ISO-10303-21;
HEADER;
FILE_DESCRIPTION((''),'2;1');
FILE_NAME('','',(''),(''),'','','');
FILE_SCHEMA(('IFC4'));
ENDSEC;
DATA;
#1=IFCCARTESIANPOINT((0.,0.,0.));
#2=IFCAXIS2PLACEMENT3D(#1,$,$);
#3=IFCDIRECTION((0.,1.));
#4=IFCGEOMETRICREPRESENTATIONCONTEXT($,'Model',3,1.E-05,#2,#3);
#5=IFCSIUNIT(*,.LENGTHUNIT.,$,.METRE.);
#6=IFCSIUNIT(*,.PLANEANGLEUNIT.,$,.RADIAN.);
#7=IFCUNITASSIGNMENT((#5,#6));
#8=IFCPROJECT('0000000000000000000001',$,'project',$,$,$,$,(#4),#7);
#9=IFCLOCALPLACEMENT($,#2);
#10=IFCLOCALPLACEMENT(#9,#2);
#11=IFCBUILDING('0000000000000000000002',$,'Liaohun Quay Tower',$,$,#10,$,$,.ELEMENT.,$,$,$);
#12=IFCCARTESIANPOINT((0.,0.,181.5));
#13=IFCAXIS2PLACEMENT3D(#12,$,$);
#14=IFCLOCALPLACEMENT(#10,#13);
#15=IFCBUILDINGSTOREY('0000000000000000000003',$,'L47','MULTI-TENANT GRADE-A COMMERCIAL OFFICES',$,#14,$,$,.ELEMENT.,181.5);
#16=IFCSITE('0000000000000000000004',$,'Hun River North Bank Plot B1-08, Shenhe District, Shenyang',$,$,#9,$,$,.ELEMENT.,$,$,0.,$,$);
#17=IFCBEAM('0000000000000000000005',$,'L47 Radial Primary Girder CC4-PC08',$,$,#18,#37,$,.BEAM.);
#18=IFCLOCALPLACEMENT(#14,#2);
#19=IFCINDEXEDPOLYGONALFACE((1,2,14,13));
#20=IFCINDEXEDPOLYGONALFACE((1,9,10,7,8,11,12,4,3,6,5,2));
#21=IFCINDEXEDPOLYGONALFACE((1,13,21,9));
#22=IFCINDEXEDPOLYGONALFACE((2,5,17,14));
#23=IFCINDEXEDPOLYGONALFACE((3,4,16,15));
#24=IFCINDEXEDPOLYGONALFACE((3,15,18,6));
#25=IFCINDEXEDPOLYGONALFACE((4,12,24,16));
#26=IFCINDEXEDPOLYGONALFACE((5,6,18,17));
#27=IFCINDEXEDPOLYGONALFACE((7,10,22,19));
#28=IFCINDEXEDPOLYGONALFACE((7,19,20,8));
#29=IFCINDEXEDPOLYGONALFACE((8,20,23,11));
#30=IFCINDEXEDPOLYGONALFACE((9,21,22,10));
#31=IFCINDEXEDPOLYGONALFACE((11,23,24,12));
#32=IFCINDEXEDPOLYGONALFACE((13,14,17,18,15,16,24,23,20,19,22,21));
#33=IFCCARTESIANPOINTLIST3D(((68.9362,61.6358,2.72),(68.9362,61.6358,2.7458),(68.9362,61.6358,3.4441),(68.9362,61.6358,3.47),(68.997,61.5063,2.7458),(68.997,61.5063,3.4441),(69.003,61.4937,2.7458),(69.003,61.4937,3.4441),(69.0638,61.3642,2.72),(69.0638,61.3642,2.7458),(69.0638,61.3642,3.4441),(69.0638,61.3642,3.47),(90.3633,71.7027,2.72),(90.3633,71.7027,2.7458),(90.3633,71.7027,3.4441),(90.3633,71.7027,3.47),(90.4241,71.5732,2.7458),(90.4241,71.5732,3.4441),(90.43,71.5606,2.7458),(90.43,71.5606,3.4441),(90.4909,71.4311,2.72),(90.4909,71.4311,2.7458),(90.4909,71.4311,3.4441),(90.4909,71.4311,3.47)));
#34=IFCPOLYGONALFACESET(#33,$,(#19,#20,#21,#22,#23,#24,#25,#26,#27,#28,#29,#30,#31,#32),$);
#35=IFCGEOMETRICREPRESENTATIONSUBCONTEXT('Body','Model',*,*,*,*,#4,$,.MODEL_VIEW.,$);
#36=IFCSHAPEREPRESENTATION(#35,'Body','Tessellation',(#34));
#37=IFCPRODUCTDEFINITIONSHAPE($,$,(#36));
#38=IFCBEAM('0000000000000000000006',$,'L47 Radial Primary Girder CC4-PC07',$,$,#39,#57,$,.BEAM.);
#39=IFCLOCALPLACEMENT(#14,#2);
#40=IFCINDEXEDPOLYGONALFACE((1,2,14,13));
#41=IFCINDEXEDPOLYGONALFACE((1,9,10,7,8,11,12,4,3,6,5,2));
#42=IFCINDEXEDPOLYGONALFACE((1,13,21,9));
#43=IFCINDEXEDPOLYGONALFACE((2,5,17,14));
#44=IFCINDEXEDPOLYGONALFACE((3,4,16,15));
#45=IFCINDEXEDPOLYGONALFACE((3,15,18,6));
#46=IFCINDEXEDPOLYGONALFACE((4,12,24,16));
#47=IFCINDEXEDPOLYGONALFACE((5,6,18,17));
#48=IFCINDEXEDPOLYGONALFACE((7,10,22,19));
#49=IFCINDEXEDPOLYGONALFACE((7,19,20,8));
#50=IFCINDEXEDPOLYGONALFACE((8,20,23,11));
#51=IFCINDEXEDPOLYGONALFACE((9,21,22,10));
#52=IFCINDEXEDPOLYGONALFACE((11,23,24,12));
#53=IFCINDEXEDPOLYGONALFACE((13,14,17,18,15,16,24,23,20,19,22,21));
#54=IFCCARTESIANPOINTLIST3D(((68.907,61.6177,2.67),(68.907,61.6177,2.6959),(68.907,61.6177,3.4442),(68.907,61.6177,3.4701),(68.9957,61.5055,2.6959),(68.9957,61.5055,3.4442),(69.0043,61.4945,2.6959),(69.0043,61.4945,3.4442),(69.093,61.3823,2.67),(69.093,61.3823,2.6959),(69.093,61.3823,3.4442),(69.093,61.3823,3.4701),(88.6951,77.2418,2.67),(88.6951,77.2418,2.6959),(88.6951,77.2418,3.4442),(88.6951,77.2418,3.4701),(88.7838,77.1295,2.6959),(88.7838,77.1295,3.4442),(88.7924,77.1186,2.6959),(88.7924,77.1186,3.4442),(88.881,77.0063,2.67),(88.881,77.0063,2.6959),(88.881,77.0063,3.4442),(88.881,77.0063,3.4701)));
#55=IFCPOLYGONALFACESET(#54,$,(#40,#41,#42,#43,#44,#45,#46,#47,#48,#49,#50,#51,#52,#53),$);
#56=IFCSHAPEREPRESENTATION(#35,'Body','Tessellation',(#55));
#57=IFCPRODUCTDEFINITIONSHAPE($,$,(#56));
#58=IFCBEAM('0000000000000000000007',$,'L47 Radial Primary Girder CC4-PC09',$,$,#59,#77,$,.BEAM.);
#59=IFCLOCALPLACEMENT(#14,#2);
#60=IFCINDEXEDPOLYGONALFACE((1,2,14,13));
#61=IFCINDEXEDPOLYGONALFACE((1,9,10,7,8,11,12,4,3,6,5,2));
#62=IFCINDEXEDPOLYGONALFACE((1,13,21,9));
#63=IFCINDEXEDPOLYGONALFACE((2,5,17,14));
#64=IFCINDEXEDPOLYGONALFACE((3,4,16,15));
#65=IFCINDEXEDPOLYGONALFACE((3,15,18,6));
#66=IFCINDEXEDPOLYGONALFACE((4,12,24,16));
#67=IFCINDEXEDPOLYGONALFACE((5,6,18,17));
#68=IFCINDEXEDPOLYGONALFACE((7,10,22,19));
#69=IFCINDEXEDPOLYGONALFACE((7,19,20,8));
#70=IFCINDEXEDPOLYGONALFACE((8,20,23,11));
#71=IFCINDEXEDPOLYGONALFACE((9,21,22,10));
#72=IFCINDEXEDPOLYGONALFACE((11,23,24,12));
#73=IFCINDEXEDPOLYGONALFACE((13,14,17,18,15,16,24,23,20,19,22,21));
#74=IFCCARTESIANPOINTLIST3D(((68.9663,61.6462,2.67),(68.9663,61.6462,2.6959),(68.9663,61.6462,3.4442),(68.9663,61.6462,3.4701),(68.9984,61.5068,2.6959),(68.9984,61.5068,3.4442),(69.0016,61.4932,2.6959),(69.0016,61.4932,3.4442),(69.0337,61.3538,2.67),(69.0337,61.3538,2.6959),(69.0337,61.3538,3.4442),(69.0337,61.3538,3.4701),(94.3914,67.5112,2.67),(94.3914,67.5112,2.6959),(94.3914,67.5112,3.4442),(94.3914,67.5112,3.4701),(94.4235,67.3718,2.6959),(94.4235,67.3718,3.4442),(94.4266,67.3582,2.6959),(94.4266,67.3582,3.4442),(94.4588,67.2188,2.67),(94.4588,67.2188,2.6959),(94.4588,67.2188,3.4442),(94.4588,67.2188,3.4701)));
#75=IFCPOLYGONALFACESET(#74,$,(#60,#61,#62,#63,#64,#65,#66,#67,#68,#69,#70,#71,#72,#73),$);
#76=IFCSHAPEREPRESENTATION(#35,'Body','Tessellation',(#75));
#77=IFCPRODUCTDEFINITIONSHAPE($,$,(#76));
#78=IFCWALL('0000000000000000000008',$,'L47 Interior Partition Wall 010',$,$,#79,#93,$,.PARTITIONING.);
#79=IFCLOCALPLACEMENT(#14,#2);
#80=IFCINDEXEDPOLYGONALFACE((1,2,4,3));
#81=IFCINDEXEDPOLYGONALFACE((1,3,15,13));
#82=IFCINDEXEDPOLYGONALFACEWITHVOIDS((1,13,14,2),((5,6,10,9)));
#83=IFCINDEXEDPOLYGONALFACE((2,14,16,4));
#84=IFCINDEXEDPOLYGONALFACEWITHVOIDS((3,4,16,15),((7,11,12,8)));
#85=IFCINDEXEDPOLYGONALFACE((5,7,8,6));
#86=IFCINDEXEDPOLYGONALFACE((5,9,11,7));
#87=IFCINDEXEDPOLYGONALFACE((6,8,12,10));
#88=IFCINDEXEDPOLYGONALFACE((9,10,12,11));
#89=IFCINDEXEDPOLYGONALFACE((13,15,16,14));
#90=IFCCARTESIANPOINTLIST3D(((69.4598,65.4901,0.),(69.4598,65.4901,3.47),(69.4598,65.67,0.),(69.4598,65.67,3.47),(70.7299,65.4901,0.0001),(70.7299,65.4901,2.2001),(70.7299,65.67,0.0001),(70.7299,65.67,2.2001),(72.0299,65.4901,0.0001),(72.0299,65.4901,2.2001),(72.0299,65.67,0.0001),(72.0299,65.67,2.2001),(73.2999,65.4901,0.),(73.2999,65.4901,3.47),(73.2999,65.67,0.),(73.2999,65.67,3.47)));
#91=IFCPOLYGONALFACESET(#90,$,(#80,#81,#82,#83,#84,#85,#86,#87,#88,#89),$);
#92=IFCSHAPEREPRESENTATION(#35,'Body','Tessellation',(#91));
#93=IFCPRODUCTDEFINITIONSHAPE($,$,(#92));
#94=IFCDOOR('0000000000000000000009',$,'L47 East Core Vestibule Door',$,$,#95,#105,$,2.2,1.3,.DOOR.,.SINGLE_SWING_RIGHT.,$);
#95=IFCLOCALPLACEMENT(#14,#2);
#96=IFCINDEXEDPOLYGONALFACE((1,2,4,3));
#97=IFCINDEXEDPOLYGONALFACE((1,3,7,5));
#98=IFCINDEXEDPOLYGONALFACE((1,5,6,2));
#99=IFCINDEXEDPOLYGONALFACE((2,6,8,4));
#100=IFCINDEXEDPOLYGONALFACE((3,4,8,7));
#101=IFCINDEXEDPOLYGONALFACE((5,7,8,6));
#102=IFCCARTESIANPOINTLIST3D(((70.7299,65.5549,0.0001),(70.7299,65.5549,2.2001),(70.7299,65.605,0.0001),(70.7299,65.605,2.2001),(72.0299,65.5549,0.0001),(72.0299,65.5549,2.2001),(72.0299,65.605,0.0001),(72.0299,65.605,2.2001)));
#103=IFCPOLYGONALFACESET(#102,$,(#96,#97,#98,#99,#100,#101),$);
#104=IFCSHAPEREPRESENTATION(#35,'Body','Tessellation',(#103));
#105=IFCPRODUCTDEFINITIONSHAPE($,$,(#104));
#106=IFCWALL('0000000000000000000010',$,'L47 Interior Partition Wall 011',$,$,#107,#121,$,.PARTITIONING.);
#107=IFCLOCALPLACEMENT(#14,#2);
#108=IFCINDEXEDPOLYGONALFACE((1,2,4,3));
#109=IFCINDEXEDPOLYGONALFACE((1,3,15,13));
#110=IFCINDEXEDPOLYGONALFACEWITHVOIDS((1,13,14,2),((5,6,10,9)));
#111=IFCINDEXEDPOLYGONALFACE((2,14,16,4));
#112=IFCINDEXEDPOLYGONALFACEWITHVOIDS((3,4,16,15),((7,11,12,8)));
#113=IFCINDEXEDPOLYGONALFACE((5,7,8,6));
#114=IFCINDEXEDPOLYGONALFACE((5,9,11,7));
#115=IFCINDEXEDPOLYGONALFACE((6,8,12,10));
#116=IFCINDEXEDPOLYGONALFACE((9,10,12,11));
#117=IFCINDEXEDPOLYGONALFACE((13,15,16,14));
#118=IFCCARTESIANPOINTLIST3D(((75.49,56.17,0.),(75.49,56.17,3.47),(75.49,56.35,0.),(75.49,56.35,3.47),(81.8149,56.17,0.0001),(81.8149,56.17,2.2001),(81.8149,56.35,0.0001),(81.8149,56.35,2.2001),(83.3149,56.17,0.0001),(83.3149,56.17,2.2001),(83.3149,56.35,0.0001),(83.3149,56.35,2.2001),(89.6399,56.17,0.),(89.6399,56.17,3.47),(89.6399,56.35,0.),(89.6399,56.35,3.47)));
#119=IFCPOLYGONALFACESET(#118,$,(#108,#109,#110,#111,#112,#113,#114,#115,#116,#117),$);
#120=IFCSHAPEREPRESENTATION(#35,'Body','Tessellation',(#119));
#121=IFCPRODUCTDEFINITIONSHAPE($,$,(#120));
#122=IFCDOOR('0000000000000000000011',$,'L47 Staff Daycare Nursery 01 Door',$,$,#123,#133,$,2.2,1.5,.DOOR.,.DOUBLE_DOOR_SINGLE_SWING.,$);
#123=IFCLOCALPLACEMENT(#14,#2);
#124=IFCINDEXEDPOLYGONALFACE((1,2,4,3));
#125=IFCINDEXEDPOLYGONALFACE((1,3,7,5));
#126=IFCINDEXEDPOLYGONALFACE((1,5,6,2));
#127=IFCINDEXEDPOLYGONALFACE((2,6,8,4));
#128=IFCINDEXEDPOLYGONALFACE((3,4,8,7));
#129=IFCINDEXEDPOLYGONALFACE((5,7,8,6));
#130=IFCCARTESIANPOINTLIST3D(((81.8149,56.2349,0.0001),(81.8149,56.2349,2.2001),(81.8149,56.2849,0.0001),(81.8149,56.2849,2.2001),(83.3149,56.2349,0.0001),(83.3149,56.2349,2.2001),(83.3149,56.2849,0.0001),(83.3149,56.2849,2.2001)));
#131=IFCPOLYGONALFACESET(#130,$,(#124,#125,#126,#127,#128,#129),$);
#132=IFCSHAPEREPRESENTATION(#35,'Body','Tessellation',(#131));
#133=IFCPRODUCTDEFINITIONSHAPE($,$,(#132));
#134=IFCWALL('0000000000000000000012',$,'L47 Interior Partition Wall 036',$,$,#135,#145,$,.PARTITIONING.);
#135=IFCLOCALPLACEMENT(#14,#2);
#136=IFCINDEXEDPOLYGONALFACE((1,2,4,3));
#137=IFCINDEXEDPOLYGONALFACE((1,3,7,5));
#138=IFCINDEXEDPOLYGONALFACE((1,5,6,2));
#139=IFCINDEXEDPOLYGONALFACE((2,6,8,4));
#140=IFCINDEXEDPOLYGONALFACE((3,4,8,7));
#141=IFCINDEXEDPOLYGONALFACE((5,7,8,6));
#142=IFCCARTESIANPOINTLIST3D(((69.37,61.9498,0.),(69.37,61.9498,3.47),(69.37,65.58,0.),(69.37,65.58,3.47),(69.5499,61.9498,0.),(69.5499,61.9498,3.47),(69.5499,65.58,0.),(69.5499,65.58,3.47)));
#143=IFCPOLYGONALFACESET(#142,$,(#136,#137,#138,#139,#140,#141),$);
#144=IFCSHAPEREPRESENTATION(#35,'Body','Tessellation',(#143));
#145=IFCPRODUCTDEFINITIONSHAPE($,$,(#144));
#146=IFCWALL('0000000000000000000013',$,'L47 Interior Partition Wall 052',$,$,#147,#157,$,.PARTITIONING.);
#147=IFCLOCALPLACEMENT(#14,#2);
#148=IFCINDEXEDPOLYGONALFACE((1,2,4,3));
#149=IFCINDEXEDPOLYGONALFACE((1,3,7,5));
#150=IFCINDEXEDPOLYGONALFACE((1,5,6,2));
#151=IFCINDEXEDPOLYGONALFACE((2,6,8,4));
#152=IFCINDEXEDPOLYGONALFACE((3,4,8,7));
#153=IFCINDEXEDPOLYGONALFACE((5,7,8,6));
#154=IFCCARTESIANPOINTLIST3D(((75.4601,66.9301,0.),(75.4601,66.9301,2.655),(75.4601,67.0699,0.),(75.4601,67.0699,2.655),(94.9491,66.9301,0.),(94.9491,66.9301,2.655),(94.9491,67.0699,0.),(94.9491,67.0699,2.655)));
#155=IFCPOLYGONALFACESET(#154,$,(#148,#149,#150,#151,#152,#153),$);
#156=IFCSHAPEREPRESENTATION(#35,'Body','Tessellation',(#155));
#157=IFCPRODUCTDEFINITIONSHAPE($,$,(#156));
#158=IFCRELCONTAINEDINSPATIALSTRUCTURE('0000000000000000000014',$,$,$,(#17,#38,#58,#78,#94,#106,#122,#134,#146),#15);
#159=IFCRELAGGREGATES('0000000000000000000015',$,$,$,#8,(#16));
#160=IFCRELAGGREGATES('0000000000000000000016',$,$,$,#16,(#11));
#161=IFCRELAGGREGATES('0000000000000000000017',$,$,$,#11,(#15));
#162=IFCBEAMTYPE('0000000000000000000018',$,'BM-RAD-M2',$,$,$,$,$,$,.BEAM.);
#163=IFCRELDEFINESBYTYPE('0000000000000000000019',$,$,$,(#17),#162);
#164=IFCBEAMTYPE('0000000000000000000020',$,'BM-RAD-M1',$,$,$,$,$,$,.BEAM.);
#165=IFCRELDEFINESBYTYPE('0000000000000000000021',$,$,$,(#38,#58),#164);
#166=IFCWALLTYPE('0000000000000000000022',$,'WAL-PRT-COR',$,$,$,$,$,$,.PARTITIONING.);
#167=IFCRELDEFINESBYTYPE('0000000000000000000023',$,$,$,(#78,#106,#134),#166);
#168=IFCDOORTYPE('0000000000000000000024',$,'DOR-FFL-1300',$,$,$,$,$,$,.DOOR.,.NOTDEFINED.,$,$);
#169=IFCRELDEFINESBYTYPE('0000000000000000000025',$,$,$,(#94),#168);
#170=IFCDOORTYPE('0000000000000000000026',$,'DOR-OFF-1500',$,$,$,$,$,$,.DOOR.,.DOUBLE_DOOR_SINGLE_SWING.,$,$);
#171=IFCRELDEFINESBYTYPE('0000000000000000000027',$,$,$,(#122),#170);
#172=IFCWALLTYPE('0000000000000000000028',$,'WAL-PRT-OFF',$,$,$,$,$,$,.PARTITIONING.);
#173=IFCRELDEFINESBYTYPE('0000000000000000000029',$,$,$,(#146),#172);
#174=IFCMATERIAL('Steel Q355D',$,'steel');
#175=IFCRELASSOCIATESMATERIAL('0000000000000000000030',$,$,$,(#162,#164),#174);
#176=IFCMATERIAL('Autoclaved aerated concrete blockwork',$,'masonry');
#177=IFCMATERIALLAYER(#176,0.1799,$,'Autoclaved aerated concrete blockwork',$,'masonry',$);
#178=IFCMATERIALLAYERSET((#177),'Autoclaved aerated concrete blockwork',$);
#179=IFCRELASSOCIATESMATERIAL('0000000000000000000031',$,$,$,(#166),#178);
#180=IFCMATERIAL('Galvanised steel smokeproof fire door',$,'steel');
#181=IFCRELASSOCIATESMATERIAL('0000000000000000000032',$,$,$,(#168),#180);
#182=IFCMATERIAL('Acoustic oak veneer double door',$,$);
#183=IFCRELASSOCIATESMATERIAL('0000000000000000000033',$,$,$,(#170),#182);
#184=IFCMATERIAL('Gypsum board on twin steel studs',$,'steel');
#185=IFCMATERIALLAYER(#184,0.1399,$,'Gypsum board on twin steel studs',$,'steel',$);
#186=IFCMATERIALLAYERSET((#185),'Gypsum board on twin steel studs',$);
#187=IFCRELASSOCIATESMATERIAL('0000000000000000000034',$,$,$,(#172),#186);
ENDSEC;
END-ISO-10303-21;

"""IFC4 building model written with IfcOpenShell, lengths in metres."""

from ifc_helpers import new_model, si_unit, direction, frame, frame_2d, origin, origin_2d, place, context, subcontext, project, spatial, rectangle, i_section, extrude, source, transform, mapped, material, layer, layer_set, material_profile, profile_set, type_object, element, fill, save


model = new_model("IFC4")

# Units and contexts
model_context = context("Model", 3, precision=1e-05, world=origin(), true_north=direction((0.0, 1.0)))
body_context = subcontext(model_context, "Body", "Model", "MODEL_VIEW")
ifc_project = project(units=[si_unit("LENGTHUNIT", "METRE"), si_unit("PLANEANGLEUNIT", "RADIAN")], contexts=[model_context])

# Site, building, storey
site_placement = place(None, origin())
site = spatial("IfcSite", under=ifc_project, at=site_placement, Name="Hun River North Bank Plot B1-08, Shenhe District, Shenyang", CompositionType="ELEMENT", RefElevation=0.0)
building_placement = place(site_placement, origin())
building = spatial("IfcBuilding", under=site, at=building_placement, Name="Liaohun Quay Tower", CompositionType="ELEMENT")
storey_placement = place(building_placement, frame((0.0, 0.0, 181.5)))
storey = spatial("IfcBuildingStorey", under=building, at=storey_placement, Name="L47", Description="MULTI-TENANT GRADE-A COMMERCIAL OFFICES", CompositionType="ELEMENT", Elevation=181.5)

# Beams
ifc_material_1 = material(Name="Steel Q355D", Category="steel")
ifc_material_profile_1 = material_profile(ifc_material_1, i_section(OverallWidth=0.3, OverallDepth=0.75, WebThickness=0.0139, FlangeThickness=0.0259, at=origin_2d()), Name="HN750x300x14x26")
ifc_profile_set_1 = profile_set([ifc_material_profile_1], Name="Steel Q355D")
beam_type_1 = type_object("IfcBeamType", Name="BM-RAD-M2", PredefinedType="BEAM", material=ifc_profile_set_1)
shared_shape_1 = source(origin(), body_context, "Body", "SweptSolid", [
    extrude(i_section(OverallWidth=0.3, OverallDepth=0.75, WebThickness=0.0139, FlangeThickness=0.0259, at=origin_2d()), origin(), (0.0, 0.0, 1.0), 23.6741),
])
beam_1_placement = place(storey_placement, frame((69.0, 61.5, 3.095), z_axis=(0.905085, 0.42523, 0.0), x_axis=(-0.42523, 0.905085, 0.0)))
element("IfcBeam", 1, at=beam_1_placement, inside=storey, type_object=beam_type_1, Name="L47 Radial Primary Girder CC4-PC08", PredefinedType="BEAM", context=body_context, shape_type="MappedRepresentation", body=[
    mapped(shared_shape_1, transform((0.0, 0.0, 0.0), x_axis=(1.0, 0.0, 0.0), y_axis=(0.0, 1.0, 0.0), z_axis=(0.0, 0.0, 1.0), scale=1.0)),
])
ifc_material_profile_2 = material_profile(ifc_material_1, i_section(OverallWidth=0.3, OverallDepth=0.8, WebThickness=0.0139, FlangeThickness=0.0259, at=origin_2d()), Name="HN800x300x14x26")
ifc_profile_set_2 = profile_set([ifc_material_profile_2], Name="Steel Q355D")
beam_type_2 = type_object("IfcBeamType", Name="BM-RAD-M1", PredefinedType="BEAM", material=ifc_profile_set_2)
shared_shape_2 = source(origin(), body_context, "Body", "SweptSolid", [
    extrude(i_section(OverallWidth=0.3, OverallDepth=0.8, WebThickness=0.0139, FlangeThickness=0.0259, at=origin_2d()), origin(), (0.0, 0.0, 1.0), 25.2126),
])
beam_2_placement = place(storey_placement, frame((69.0, 61.5, 3.0701), z_axis=(0.784847, 0.619689, 0.0), x_axis=(-0.619689, 0.784847, 0.0)))
element("IfcBeam", 2, at=beam_2_placement, inside=storey, type_object=beam_type_2, Name="L47 Radial Primary Girder CC4-PC07", PredefinedType="BEAM", context=body_context, shape_type="MappedRepresentation", body=[
    mapped(shared_shape_2, transform((0.0, 0.0, 0.0), x_axis=(1.0, 0.0, 0.0), y_axis=(0.0, 1.0, 0.0), z_axis=(0.0, 0.0, 1.0), scale=1.0)),
])
shared_shape_3 = source(origin(), body_context, "Body", "SweptSolid", [
    extrude(i_section(OverallWidth=0.3, OverallDepth=0.8, WebThickness=0.0139, FlangeThickness=0.0259, at=origin_2d()), origin(), (0.0, 0.0, 1.0), 26.0928),
])
beam_3_placement = place(storey_placement, frame((69.0, 61.5, 3.0701), z_axis=(0.974411, 0.224775, 0.0), x_axis=(-0.224775, 0.974411, 0.0)))
element("IfcBeam", 3, at=beam_3_placement, inside=storey, type_object=beam_type_2, Name="L47 Radial Primary Girder CC4-PC09", PredefinedType="BEAM", context=body_context, shape_type="MappedRepresentation", body=[
    mapped(shared_shape_3, transform((0.0, 0.0, 0.0), x_axis=(1.0, 0.0, 0.0), y_axis=(0.0, 1.0, 0.0), z_axis=(0.0, 0.0, 1.0), scale=1.0)),
])

# Walls, openings, doors
ifc_material_2 = material(Name="Autoclaved aerated concrete blockwork", Category="masonry")
ifc_layer_1 = layer(ifc_material_2, 0.1799, Name="Autoclaved aerated concrete blockwork", Category="masonry")
ifc_layer_set_1 = layer_set([ifc_layer_1], Name="Autoclaved aerated concrete blockwork")
wall_type_1 = type_object("IfcWallType", Name="WAL-PRT-COR", PredefinedType="PARTITIONING", material=ifc_layer_set_1)
wall_1_placement = place(storey_placement, frame((69.46, 65.5801, 0.0), z_axis=(0.0, 0.0, 1.0), x_axis=(1.0, 0.0, 0.0)))
wall_1 = element("IfcWall", 4, at=wall_1_placement, inside=storey, type_object=wall_type_1, Name="L47 Interior Partition Wall 010", PredefinedType="PARTITIONING", context=body_context, shape_type="SweptSolid", body=[
    extrude(rectangle(XDim=3.8401, YDim=0.1799, at=frame_2d((1.9199, 0.0))), origin(), (0.0, 0.0, 1.0), 3.47),
])
shared_shape_4 = source(origin(), body_context, "Body", "SweptSolid", [
    extrude(rectangle(XDim=1.3, YDim=2.2, at=frame_2d((0.6499, 1.1001))), frame((0.0, 0.0999, 0.0), z_axis=(0.0, -1.0, 0.0), x_axis=(1.0, 0.0, 0.0)), (0.0, 0.0, 1.0), 0.2),
])
opening_1_placement = place(wall_1_placement, frame((1.27, 0.0, 0.0)))
opening_1 = element("IfcOpeningElement", 5, at=opening_1_placement, cuts=wall_1, PredefinedType="OPENING", context=body_context, shape_type="MappedRepresentation", body=[
    mapped(shared_shape_4, transform((0.0, 0.0, 0.0), x_axis=(1.0, 0.0, 0.0), y_axis=(0.0, 1.0, 0.0), z_axis=(0.0, 0.0, 1.0), scale=1.0)),
])
ifc_material_3 = material(Name="Galvanised steel smokeproof fire door", Category="steel")
door_type_1 = type_object("IfcDoorType", Name="DOR-FFL-1300", OperationType="NOTDEFINED", PredefinedType="DOOR", material=ifc_material_3)
shared_shape_5 = source(origin(), body_context, "Body", "SweptSolid", [
    extrude(rectangle(XDim=1.3, YDim=2.2, at=frame_2d((0.6499, 1.1001))), frame((0.0, 0.0249, 0.0), z_axis=(0.0, -1.0, 0.0), x_axis=(1.0, 0.0, 0.0)), (0.0, 0.0, 1.0), 0.05),
])
door_1_placement = place(opening_1_placement, origin())
door_1 = element("IfcDoor", 6, at=door_1_placement, inside=storey, type_object=door_type_1, Name="L47 East Core Vestibule Door", OperationType="SINGLE_SWING_RIGHT", OverallHeight=2.2, OverallWidth=1.3, PredefinedType="DOOR", context=body_context, shape_type="MappedRepresentation", body=[
    mapped(shared_shape_5, transform((0.0, 0.0, 0.0), x_axis=(1.0, 0.0, 0.0), y_axis=(0.0, 1.0, 0.0), z_axis=(0.0, 0.0, 1.0), scale=1.0)),
])
fill(opening_1, door_1)
wall_2_placement = place(storey_placement, frame((75.49, 56.26, 0.0), z_axis=(0.0, 0.0, 1.0), x_axis=(1.0, 0.0, 0.0)))
wall_2 = element("IfcWall", 7, at=wall_2_placement, inside=storey, type_object=wall_type_1, Name="L47 Interior Partition Wall 011", PredefinedType="PARTITIONING", context=body_context, shape_type="SweptSolid", body=[
    extrude(rectangle(XDim=14.1499, YDim=0.1799, at=frame_2d((7.075, 0.0))), origin(), (0.0, 0.0, 1.0), 3.47),
])
shared_shape_6 = source(origin(), body_context, "Body", "SweptSolid", [
    extrude(rectangle(XDim=1.5, YDim=2.2, at=frame_2d((0.75, 1.1001))), frame((0.0, 0.0999, 0.0), z_axis=(0.0, -1.0, 0.0), x_axis=(1.0, 0.0, 0.0)), (0.0, 0.0, 1.0), 0.2),
])
opening_2_placement = place(wall_2_placement, frame((6.325, 0.0, 0.0)))
opening_2 = element("IfcOpeningElement", 8, at=opening_2_placement, cuts=wall_2, PredefinedType="OPENING", context=body_context, shape_type="MappedRepresentation", body=[
    mapped(shared_shape_6, transform((0.0, 0.0, 0.0), x_axis=(1.0, 0.0, 0.0), y_axis=(0.0, 1.0, 0.0), z_axis=(0.0, 0.0, 1.0), scale=1.0)),
])
ifc_material_4 = material(Name="Acoustic oak veneer double door")
door_type_2 = type_object("IfcDoorType", Name="DOR-OFF-1500", OperationType="DOUBLE_DOOR_SINGLE_SWING", PredefinedType="DOOR", material=ifc_material_4)
shared_shape_7 = source(origin(), body_context, "Body", "SweptSolid", [
    extrude(rectangle(XDim=1.5, YDim=2.2, at=frame_2d((0.75, 1.1001))), frame((0.0, 0.0249, 0.0), z_axis=(0.0, -1.0, 0.0), x_axis=(1.0, 0.0, 0.0)), (0.0, 0.0, 1.0), 0.05),
])
door_2_placement = place(opening_2_placement, origin())
door_2 = element("IfcDoor", 9, at=door_2_placement, inside=storey, type_object=door_type_2, Name="L47 Staff Daycare Nursery 01 Door", OperationType="DOUBLE_DOOR_SINGLE_SWING", OverallHeight=2.2, OverallWidth=1.5, PredefinedType="DOOR", context=body_context, shape_type="MappedRepresentation", body=[
    mapped(shared_shape_7, transform((0.0, 0.0, 0.0), x_axis=(1.0, 0.0, 0.0), y_axis=(0.0, 1.0, 0.0), z_axis=(0.0, 0.0, 1.0), scale=1.0)),
])
fill(opening_2, door_2)

# Walls
wall_3_placement = place(storey_placement, frame((69.46, 61.95, 0.0), z_axis=(0.0, 0.0, 1.0), x_axis=(0.0, 1.0, 0.0)))
element("IfcWall", 10, at=wall_3_placement, inside=storey, type_object=wall_type_1, Name="L47 Interior Partition Wall 036", PredefinedType="PARTITIONING", context=body_context, shape_type="SweptSolid", body=[
    extrude(rectangle(XDim=3.6301, YDim=0.1799, at=frame_2d((1.8149, 0.0))), origin(), (0.0, 0.0, 1.0), 3.47),
])
ifc_material_5 = material(Name="Gypsum board on twin steel studs", Category="steel")
ifc_layer_2 = layer(ifc_material_5, 0.1399, Name="Gypsum board on twin steel studs", Category="steel")
ifc_layer_set_2 = layer_set([ifc_layer_2], Name="Gypsum board on twin steel studs")
wall_type_2 = type_object("IfcWallType", Name="WAL-PRT-OFF", PredefinedType="PARTITIONING", material=ifc_layer_set_2)
wall_4_placement = place(storey_placement, frame((75.46, 67.0, 0.0), z_axis=(0.0, 0.0, 1.0), x_axis=(1.0, 0.0, 0.0)))
element("IfcWall", 11, at=wall_4_placement, inside=storey, type_object=wall_type_2, Name="L47 Interior Partition Wall 052", PredefinedType="PARTITIONING", context=body_context, shape_type="SweptSolid", body=[
    extrude(rectangle(XDim=19.489, YDim=0.1399, at=frame_2d((9.7446, 0.0))), origin(), (0.0, 0.0, 1.0), 2.655),
])

save(model, "model.ifc")
